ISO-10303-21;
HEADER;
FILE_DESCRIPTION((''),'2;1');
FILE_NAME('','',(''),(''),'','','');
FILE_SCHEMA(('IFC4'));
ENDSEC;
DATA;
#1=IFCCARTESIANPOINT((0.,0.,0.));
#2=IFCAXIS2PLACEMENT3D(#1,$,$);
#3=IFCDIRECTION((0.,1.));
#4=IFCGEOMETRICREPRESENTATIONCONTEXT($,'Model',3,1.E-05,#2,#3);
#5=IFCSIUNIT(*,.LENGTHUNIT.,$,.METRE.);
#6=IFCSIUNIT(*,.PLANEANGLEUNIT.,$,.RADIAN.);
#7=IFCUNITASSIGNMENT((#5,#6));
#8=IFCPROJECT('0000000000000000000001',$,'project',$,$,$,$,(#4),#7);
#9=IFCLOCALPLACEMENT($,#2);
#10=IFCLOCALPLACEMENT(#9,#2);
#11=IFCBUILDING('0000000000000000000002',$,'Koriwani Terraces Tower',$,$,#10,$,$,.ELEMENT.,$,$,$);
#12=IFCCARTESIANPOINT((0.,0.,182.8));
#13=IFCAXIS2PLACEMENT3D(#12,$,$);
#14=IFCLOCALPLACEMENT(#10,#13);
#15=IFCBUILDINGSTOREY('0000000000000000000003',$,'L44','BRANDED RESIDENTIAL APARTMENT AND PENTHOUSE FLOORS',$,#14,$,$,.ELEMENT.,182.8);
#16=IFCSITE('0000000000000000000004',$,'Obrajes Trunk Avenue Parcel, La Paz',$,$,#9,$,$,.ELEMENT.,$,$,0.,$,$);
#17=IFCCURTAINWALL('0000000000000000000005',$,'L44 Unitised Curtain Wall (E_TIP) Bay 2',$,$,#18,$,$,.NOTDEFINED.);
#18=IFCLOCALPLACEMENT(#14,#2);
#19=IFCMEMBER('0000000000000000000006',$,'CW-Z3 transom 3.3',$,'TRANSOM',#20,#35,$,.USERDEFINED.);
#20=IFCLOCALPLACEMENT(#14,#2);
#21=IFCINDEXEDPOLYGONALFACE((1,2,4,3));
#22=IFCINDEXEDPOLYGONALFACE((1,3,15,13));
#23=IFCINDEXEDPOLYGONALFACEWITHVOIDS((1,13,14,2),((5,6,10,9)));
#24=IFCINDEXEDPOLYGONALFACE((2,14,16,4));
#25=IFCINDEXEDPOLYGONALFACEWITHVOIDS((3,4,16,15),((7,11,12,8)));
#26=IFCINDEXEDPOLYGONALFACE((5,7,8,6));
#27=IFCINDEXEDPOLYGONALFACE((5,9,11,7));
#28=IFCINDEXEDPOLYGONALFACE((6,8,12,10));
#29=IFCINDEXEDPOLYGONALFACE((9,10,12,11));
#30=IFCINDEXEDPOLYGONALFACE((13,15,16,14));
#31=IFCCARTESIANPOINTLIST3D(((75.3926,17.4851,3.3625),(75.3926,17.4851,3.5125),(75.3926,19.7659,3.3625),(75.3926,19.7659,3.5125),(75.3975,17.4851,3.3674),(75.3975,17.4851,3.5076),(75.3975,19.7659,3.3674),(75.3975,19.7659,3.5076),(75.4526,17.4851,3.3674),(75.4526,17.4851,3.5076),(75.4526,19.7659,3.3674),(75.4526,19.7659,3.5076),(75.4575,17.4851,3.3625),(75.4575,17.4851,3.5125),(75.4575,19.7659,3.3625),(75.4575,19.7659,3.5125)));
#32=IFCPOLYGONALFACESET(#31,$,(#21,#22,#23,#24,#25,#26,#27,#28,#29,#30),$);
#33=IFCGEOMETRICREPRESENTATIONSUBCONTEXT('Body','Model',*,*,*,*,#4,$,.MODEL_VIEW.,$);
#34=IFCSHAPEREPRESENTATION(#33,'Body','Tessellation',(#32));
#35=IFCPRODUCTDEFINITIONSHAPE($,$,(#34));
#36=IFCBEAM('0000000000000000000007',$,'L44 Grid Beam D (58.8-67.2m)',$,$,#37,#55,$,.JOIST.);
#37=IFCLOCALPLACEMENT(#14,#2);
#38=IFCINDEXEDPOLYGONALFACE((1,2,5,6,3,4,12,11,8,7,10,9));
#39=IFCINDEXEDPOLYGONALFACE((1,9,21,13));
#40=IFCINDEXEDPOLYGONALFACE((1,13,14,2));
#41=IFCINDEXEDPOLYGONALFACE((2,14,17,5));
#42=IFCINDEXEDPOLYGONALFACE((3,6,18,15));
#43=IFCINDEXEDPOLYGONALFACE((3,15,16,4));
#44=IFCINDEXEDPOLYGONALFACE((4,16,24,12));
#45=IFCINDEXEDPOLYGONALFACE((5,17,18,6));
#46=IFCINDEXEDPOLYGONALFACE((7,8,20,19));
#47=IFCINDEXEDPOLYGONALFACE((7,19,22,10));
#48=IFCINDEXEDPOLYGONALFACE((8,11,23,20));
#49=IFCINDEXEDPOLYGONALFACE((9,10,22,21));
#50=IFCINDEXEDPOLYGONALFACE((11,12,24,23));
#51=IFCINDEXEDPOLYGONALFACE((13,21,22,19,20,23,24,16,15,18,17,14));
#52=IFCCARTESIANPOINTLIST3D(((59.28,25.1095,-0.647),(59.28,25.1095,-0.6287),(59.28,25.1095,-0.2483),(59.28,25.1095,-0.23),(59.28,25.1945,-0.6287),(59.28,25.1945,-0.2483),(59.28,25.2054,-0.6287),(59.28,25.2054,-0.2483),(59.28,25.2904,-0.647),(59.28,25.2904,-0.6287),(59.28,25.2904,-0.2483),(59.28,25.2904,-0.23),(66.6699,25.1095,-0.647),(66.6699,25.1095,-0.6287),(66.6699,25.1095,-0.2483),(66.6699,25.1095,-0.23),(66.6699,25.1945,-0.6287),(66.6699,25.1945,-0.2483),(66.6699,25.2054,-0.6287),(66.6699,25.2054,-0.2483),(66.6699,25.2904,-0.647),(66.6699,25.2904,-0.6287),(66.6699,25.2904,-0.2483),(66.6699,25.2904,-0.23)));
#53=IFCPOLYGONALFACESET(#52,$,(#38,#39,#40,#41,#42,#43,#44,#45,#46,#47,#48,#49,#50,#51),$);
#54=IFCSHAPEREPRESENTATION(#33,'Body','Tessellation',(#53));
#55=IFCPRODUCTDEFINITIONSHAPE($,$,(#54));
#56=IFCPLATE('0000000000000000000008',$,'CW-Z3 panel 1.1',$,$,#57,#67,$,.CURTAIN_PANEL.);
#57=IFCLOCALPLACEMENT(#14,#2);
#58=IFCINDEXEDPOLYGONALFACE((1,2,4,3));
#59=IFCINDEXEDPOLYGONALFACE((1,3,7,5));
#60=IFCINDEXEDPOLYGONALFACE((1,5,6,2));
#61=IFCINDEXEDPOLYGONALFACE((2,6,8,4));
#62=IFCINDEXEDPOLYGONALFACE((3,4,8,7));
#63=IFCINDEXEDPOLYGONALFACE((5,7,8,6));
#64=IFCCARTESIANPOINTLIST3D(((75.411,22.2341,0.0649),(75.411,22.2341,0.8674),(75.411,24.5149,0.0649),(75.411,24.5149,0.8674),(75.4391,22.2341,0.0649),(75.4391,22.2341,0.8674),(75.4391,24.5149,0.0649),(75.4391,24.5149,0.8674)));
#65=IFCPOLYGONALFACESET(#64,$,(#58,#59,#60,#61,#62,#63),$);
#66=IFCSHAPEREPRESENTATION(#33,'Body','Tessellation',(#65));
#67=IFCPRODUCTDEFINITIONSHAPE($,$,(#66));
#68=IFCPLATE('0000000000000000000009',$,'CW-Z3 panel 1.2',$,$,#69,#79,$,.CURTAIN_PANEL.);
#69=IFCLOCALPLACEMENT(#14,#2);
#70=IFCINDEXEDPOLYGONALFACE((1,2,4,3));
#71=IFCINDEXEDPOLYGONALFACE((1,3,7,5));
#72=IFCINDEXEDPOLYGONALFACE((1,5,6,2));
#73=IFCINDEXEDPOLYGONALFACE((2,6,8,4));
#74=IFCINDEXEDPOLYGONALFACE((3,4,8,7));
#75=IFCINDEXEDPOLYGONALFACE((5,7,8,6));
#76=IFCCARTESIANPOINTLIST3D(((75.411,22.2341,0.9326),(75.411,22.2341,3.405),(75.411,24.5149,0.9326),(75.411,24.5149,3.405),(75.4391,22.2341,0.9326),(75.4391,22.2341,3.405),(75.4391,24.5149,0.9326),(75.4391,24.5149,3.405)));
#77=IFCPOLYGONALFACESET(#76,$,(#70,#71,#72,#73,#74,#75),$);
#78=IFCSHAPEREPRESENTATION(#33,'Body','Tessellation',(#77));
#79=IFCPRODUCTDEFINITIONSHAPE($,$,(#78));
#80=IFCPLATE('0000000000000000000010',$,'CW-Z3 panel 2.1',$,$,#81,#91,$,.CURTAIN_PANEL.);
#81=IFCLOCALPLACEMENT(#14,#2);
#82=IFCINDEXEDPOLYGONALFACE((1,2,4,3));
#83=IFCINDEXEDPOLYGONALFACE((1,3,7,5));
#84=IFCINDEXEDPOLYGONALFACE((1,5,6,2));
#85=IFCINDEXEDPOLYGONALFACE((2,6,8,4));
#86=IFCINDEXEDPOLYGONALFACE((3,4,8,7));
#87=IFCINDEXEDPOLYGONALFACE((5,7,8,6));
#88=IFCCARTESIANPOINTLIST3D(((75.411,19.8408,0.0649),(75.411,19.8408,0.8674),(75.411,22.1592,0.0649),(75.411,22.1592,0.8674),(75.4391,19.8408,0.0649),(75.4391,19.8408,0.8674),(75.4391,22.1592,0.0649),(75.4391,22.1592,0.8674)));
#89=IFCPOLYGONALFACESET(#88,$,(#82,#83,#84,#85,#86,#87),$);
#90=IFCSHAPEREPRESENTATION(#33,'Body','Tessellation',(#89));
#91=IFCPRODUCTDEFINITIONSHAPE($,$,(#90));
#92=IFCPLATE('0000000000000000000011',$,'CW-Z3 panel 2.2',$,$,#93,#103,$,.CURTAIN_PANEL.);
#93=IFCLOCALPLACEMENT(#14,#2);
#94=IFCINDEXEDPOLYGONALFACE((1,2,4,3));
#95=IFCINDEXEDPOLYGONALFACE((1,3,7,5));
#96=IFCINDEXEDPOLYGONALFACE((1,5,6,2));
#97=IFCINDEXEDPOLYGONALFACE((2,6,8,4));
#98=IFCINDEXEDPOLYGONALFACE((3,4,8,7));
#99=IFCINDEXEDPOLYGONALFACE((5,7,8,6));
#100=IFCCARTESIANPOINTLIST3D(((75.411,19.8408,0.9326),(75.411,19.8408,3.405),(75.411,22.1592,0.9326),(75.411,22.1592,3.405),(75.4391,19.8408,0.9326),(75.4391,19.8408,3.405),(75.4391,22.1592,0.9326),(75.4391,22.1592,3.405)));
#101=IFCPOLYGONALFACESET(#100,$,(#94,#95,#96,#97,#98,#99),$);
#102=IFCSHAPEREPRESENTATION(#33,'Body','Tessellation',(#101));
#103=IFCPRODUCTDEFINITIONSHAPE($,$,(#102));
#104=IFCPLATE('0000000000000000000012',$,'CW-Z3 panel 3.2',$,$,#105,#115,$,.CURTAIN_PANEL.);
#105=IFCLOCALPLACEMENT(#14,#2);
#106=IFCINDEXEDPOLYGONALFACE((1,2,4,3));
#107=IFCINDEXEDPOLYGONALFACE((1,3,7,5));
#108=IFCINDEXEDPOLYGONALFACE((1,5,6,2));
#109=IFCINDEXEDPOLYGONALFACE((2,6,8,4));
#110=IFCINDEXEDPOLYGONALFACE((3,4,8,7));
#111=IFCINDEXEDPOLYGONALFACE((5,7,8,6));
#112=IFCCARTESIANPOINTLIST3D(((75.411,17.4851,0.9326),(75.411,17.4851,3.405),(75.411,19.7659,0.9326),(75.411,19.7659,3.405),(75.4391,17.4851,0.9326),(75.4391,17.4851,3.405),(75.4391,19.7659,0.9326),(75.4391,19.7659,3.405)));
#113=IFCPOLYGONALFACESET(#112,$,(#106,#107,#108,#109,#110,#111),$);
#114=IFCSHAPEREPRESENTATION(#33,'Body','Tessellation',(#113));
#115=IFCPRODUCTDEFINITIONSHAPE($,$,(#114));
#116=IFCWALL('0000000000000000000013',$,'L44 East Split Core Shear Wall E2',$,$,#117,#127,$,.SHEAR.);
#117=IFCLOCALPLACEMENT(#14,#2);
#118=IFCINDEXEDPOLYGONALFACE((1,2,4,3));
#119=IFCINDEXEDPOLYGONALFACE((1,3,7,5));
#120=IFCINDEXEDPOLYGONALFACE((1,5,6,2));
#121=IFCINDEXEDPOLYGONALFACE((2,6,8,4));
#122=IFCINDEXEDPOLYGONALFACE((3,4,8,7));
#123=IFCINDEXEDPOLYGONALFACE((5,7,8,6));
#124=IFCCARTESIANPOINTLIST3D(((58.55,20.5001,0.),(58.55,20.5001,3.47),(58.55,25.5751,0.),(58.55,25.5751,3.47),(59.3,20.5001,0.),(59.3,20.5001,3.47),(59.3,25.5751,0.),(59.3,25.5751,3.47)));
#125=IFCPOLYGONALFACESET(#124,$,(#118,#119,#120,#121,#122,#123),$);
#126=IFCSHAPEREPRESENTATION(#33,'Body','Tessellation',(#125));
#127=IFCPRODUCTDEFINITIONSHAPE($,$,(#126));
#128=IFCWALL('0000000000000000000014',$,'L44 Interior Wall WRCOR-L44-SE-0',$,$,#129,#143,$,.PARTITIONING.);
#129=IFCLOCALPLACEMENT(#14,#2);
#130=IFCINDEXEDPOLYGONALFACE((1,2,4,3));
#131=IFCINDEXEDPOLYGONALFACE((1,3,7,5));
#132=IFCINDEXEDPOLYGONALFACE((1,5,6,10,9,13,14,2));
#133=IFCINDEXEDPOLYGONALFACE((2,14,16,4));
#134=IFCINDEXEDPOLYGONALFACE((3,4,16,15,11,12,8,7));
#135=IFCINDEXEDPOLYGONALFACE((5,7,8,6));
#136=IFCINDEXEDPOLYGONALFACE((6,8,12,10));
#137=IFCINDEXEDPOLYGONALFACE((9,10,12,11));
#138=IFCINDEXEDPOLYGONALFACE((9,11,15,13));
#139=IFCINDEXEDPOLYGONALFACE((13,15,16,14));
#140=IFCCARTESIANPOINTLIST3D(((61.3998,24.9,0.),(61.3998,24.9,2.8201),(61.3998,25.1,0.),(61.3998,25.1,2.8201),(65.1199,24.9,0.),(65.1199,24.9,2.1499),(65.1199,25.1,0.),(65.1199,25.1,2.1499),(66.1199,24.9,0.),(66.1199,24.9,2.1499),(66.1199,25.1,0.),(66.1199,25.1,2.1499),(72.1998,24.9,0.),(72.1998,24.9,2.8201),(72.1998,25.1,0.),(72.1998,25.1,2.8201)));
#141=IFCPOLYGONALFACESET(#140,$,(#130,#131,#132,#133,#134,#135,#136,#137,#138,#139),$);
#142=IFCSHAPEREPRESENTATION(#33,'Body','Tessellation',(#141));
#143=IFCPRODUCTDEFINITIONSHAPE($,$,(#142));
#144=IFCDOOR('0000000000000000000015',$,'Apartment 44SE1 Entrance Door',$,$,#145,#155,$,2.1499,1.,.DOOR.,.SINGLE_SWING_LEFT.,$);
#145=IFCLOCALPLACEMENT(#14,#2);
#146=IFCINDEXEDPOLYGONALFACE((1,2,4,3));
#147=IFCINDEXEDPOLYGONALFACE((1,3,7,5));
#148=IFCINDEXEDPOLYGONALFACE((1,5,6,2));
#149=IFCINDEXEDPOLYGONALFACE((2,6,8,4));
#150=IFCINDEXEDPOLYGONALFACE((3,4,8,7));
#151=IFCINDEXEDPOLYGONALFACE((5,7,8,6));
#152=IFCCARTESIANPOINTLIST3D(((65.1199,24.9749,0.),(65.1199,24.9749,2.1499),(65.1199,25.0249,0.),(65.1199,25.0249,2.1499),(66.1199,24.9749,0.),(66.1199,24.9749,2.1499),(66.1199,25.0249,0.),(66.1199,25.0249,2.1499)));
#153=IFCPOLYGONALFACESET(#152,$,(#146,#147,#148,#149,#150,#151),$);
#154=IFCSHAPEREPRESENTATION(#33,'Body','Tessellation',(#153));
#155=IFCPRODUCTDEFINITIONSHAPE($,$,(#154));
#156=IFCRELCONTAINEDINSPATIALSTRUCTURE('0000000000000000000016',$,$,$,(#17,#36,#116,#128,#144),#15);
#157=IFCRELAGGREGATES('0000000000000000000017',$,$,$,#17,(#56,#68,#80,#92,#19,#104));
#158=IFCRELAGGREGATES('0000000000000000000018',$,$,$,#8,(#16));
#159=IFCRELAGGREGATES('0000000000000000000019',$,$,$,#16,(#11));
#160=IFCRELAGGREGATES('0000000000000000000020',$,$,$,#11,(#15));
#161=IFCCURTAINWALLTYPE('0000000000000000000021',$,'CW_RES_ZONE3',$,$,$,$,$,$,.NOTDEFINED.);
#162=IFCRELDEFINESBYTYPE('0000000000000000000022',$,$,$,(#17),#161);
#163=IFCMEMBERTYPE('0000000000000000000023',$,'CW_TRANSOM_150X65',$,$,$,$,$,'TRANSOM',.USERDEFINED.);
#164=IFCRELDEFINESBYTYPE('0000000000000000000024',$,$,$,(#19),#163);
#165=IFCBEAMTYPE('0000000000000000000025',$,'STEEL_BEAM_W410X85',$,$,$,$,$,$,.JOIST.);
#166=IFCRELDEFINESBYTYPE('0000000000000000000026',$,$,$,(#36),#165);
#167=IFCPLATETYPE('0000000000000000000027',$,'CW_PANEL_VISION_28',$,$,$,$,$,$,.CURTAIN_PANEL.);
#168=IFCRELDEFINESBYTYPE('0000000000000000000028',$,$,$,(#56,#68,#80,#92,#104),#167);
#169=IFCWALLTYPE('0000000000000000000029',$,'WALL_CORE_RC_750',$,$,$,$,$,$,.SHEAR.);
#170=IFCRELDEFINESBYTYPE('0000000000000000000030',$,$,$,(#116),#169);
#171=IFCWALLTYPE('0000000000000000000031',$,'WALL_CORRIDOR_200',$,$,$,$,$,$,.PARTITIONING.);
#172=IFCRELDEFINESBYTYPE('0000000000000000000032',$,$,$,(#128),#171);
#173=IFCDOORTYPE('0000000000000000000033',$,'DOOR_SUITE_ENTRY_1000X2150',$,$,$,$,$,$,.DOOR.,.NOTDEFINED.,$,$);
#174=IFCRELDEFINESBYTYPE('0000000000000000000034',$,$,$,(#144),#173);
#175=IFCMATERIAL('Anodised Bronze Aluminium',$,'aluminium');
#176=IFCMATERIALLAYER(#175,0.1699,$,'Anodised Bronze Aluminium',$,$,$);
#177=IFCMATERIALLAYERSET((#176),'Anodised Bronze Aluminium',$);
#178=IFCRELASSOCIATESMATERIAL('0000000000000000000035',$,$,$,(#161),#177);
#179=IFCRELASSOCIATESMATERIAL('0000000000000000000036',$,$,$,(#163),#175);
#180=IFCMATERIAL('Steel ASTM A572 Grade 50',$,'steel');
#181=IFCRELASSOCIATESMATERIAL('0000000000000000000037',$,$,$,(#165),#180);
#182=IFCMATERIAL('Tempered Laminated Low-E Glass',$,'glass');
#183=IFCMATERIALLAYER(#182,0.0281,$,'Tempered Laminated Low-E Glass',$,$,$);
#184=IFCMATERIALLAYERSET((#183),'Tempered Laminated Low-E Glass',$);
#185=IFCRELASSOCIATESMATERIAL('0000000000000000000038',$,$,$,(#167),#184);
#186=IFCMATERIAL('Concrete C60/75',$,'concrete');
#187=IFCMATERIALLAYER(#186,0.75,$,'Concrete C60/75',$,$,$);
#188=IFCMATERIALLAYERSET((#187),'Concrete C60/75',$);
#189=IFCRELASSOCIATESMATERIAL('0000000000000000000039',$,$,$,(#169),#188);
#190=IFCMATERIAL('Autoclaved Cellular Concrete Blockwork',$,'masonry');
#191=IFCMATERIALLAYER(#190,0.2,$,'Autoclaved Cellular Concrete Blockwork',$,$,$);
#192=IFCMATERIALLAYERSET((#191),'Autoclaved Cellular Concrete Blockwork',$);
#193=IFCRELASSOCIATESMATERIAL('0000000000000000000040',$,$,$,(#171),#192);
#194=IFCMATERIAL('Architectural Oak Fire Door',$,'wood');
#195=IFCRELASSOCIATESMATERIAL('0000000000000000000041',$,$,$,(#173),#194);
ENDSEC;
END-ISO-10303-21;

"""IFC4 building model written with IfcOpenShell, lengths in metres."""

from ifc_helpers import new_model, si_unit, direction, frame, frame_2d, origin, origin_2d, place, context, subcontext, project, spatial, rectangle, hollow_rectangle, i_section, extrude, material, layer, layer_set, material_profile, profile_set, type_object, element, fill, aggregate, save


model = new_model("IFC4")

# Units and contexts
model_context = context("Model", 3, precision=1e-05, world=origin(), true_north=direction((0.0, 1.0)))
body_context = subcontext(model_context, "Body", "Model", "MODEL_VIEW")
ifc_project = project(units=[si_unit("LENGTHUNIT", "METRE"), si_unit("PLANEANGLEUNIT", "RADIAN")], contexts=[model_context])

# Site, building, storey
site_placement = place(None, origin())
site = spatial("IfcSite", under=ifc_project, at=site_placement, Name="Obrajes Trunk Avenue Parcel, La Paz", CompositionType="ELEMENT", RefElevation=0.0)
building_placement = place(site_placement, origin())
building = spatial("IfcBuilding", under=site, at=building_placement, Name="Koriwani Terraces Tower", CompositionType="ELEMENT")
storey_placement = place(building_placement, frame((0.0, 0.0, 182.8)))
storey = spatial("IfcBuildingStorey", under=building, at=storey_placement, Name="L44", Description="BRANDED RESIDENTIAL APARTMENT AND PENTHOUSE FLOORS", CompositionType="ELEMENT", Elevation=182.8)

# Curtain wall, member
ifc_material_1 = material(Name="Anodised Bronze Aluminium", Category="aluminium")
ifc_layer_1 = layer(ifc_material_1, 0.1699, Name="Anodised Bronze Aluminium")
ifc_layer_set_1 = layer_set([ifc_layer_1], Name="Anodised Bronze Aluminium")
curtain_wall_type = type_object("IfcCurtainWallType", Name="CW_RES_ZONE3", PredefinedType="NOTDEFINED", material=ifc_layer_set_1)
curtain_wall_placement = place(storey_placement, origin())
curtain_wall = element("IfcCurtainWall", 1, at=curtain_wall_placement, inside=storey, type_object=curtain_wall_type, Name="L44 Unitised Curtain Wall (E_TIP) Bay 2", PredefinedType="NOTDEFINED")
ifc_material_profile_1 = material_profile(ifc_material_1, hollow_rectangle(XDim=0.0649, YDim=0.1499, WallThickness=0.0049, at=origin_2d()), Name="Anodised Bronze Aluminium", Category="LoadBearing")
ifc_profile_set_1 = profile_set([ifc_material_profile_1], Name="Anodised Bronze Aluminium")
member_type_1 = type_object("IfcMemberType", Name="CW_TRANSOM_150X65", ElementType="TRANSOM", PredefinedType="USERDEFINED", material=ifc_profile_set_1)
member_1_placement = place(storey_placement, frame((75.425, 19.7659, 3.4375), z_axis=(0.0, -1.0, 0.0), x_axis=(1.0, 0.0, 0.0)))
member_1 = element("IfcMember", 2, at=member_1_placement, type_object=member_type_1, Name="CW-Z3 transom 3.3", ObjectType="TRANSOM", PredefinedType="USERDEFINED", context=body_context, shape_type="SweptSolid", body=[
    extrude(hollow_rectangle(XDim=0.0649, YDim=0.1499, WallThickness=0.0049, at=origin_2d()), origin(), (0.0, 0.0, 1.0), 2.2808),
])

# Beam
ifc_material_2 = material(Name="Steel ASTM A572 Grade 50", Category="steel")
ifc_material_profile_2 = material_profile(ifc_material_2, i_section(OverallWidth=0.1809, OverallDepth=0.417, WebThickness=0.011, FlangeThickness=0.0183, at=origin_2d()), Name="Steel ASTM A572 Grade 50", Category="LoadBearing")
ifc_profile_set_2 = profile_set([ifc_material_profile_2], Name="Steel ASTM A572 Grade 50")
beam_type = type_object("IfcBeamType", Name="STEEL_BEAM_W410X85", PredefinedType="JOIST", material=ifc_profile_set_2)
beam_placement = place(storey_placement, frame((59.28, 25.2, -0.4385), z_axis=(1.0, 0.0, 0.0), x_axis=(0.0, 1.0, 0.0)))
element("IfcBeam", 3, at=beam_placement, inside=storey, type_object=beam_type, Name="L44 Grid Beam D (58.8-67.2m)", PredefinedType="JOIST", context=body_context, shape_type="SweptSolid", body=[
    extrude(i_section(OverallWidth=0.1809, OverallDepth=0.417, WebThickness=0.011, FlangeThickness=0.0183, at=origin_2d()), origin(), (0.0, 0.0, 1.0), 7.3899),
])

# Plates
ifc_material_3 = material(Name="Tempered Laminated Low-E Glass", Category="glass")
ifc_layer_2 = layer(ifc_material_3, 0.0281, Name="Tempered Laminated Low-E Glass")
ifc_layer_set_2 = layer_set([ifc_layer_2], Name="Tempered Laminated Low-E Glass")
plate_type = type_object("IfcPlateType", Name="CW_PANEL_VISION_28", PredefinedType="CURTAIN_PANEL", material=ifc_layer_set_2)
plate_1_placement = place(storey_placement, frame((75.425, 23.3745, 0.0649), z_axis=(0.0, 0.0, 1.0), x_axis=(0.0, -1.0, 0.0)))
plate_1 = element("IfcPlate", 4, at=plate_1_placement, type_object=plate_type, Name="CW-Z3 panel 1.1", PredefinedType="CURTAIN_PANEL", context=body_context, shape_type="SweptSolid", body=[
    extrude(rectangle(XDim=2.2808, YDim=0.0281, at=origin_2d()), origin(), (0.0, 0.0, 1.0), 0.8025),
])
plate_2_placement = place(storey_placement, frame((75.425, 23.3745, 0.9326), z_axis=(0.0, 0.0, 1.0), x_axis=(0.0, -1.0, 0.0)))
plate_2 = element("IfcPlate", 5, at=plate_2_placement, type_object=plate_type, Name="CW-Z3 panel 1.2", PredefinedType="CURTAIN_PANEL", context=body_context, shape_type="SweptSolid", body=[
    extrude(rectangle(XDim=2.2808, YDim=0.0281, at=origin_2d()), origin(), (0.0, 0.0, 1.0), 2.4724),
])
plate_3_placement = place(storey_placement, frame((75.425, 21.0, 0.0649), z_axis=(0.0, 0.0, 1.0), x_axis=(0.0, -1.0, 0.0)))
plate_3 = element("IfcPlate", 6, at=plate_3_placement, type_object=plate_type, Name="CW-Z3 panel 2.1", PredefinedType="CURTAIN_PANEL", context=body_context, shape_type="SweptSolid", body=[
    extrude(rectangle(XDim=2.3184, YDim=0.0281, at=origin_2d()), origin(), (0.0, 0.0, 1.0), 0.8025),
])
plate_4_placement = place(storey_placement, frame((75.425, 21.0, 0.9326), z_axis=(0.0, 0.0, 1.0), x_axis=(0.0, -1.0, 0.0)))
plate_4 = element("IfcPlate", 7, at=plate_4_placement, type_object=plate_type, Name="CW-Z3 panel 2.2", PredefinedType="CURTAIN_PANEL", context=body_context, shape_type="SweptSolid", body=[
    extrude(rectangle(XDim=2.3184, YDim=0.0281, at=origin_2d()), origin(), (0.0, 0.0, 1.0), 2.4724),
])
plate_5_placement = place(storey_placement, frame((75.425, 18.6255, 0.9326), z_axis=(0.0, 0.0, 1.0), x_axis=(0.0, -1.0, 0.0)))
plate_5 = element("IfcPlate", 8, at=plate_5_placement, type_object=plate_type, Name="CW-Z3 panel 3.2", PredefinedType="CURTAIN_PANEL", context=body_context, shape_type="SweptSolid", body=[
    extrude(rectangle(XDim=2.2808, YDim=0.0281, at=origin_2d()), origin(), (0.0, 0.0, 1.0), 2.4724),
])
aggregate(curtain_wall, [plate_1, plate_2, plate_3, plate_4, member_1, plate_5])

# Wall
ifc_material_4 = material(Name="Concrete C60/75", Category="concrete")
ifc_layer_3 = layer(ifc_material_4, 0.75, Name="Concrete C60/75")
ifc_layer_set_3 = layer_set([ifc_layer_3], Name="Concrete C60/75")
wall_type_1 = type_object("IfcWallType", Name="WALL_CORE_RC_750", PredefinedType="SHEAR", material=ifc_layer_set_3)
wall_1_placement = place(storey_placement, frame((58.925, 20.5, 0.0), z_axis=(0.0, 0.0, 1.0), x_axis=(0.0, 1.0, 0.0)))
element("IfcWall", 9, at=wall_1_placement, inside=storey, type_object=wall_type_1, Name="L44 East Split Core Shear Wall E2", PredefinedType="SHEAR", context=body_context, shape_type="SweptSolid", body=[
    extrude(rectangle(XDim=5.075, YDim=0.75, at=frame_2d((2.5376, 0.0))), origin(), (0.0, 0.0, 1.0), 3.47),
])

# Wall, opening, door
ifc_material_5 = material(Name="Autoclaved Cellular Concrete Blockwork", Category="masonry")
ifc_layer_4 = layer(ifc_material_5, 0.2, Name="Autoclaved Cellular Concrete Blockwork")
ifc_layer_set_4 = layer_set([ifc_layer_4], Name="Autoclaved Cellular Concrete Blockwork")
wall_type_2 = type_object("IfcWallType", Name="WALL_CORRIDOR_200", PredefinedType="PARTITIONING", material=ifc_layer_set_4)
wall_2_placement = place(storey_placement, frame((61.3999, 25.0, 0.0), z_axis=(0.0, 0.0, 1.0), x_axis=(1.0, 0.0, 0.0)))
wall_2 = element("IfcWall", 10, at=wall_2_placement, inside=storey, type_object=wall_type_2, Name="L44 Interior Wall WRCOR-L44-SE-0", PredefinedType="PARTITIONING", context=body_context, shape_type="SweptSolid", body=[
    extrude(rectangle(XDim=10.8, YDim=0.2, at=frame_2d((5.3999, 0.0))), origin(), (0.0, 0.0, 1.0), 2.8201),
])
opening_1_placement = place(wall_2_placement, frame((3.72, 0.0, 0.0)))
opening_1 = element("IfcOpeningElement", 11, at=opening_1_placement, cuts=wall_2, PredefinedType="OPENING", context=body_context, shape_type="SweptSolid", body=[
    extrude(rectangle(XDim=1.0, YDim=2.1499, at=frame_2d((0.5, 1.075))), frame((0.0, 0.1099, 0.0), z_axis=(0.0, -1.0, 0.0), x_axis=(1.0, 0.0, 0.0)), (0.0, 0.0, 1.0), 0.22),
])
ifc_material_6 = material(Name="Architectural Oak Fire Door", Category="wood")
door_type_1 = type_object("IfcDoorType", Name="DOOR_SUITE_ENTRY_1000X2150", OperationType="NOTDEFINED", PredefinedType="DOOR", material=ifc_material_6)
door_1_placement = place(opening_1_placement, origin())
door_1 = element("IfcDoor", 12, at=door_1_placement, inside=storey, type_object=door_type_1, Name="Apartment 44SE1 Entrance Door", OperationType="SINGLE_SWING_LEFT", OverallHeight=2.1499, OverallWidth=1.0, PredefinedType="DOOR", context=body_context, shape_type="SweptSolid", body=[
    extrude(rectangle(XDim=1.0, YDim=2.1499, at=frame_2d((0.5, 1.075))), frame((0.0, 0.0249, 0.0), z_axis=(0.0, -1.0, 0.0), x_axis=(1.0, 0.0, 0.0)), (0.0, 0.0, 1.0), 0.05),
])
fill(opening_1, door_1)

save(model, "model.ifc")
